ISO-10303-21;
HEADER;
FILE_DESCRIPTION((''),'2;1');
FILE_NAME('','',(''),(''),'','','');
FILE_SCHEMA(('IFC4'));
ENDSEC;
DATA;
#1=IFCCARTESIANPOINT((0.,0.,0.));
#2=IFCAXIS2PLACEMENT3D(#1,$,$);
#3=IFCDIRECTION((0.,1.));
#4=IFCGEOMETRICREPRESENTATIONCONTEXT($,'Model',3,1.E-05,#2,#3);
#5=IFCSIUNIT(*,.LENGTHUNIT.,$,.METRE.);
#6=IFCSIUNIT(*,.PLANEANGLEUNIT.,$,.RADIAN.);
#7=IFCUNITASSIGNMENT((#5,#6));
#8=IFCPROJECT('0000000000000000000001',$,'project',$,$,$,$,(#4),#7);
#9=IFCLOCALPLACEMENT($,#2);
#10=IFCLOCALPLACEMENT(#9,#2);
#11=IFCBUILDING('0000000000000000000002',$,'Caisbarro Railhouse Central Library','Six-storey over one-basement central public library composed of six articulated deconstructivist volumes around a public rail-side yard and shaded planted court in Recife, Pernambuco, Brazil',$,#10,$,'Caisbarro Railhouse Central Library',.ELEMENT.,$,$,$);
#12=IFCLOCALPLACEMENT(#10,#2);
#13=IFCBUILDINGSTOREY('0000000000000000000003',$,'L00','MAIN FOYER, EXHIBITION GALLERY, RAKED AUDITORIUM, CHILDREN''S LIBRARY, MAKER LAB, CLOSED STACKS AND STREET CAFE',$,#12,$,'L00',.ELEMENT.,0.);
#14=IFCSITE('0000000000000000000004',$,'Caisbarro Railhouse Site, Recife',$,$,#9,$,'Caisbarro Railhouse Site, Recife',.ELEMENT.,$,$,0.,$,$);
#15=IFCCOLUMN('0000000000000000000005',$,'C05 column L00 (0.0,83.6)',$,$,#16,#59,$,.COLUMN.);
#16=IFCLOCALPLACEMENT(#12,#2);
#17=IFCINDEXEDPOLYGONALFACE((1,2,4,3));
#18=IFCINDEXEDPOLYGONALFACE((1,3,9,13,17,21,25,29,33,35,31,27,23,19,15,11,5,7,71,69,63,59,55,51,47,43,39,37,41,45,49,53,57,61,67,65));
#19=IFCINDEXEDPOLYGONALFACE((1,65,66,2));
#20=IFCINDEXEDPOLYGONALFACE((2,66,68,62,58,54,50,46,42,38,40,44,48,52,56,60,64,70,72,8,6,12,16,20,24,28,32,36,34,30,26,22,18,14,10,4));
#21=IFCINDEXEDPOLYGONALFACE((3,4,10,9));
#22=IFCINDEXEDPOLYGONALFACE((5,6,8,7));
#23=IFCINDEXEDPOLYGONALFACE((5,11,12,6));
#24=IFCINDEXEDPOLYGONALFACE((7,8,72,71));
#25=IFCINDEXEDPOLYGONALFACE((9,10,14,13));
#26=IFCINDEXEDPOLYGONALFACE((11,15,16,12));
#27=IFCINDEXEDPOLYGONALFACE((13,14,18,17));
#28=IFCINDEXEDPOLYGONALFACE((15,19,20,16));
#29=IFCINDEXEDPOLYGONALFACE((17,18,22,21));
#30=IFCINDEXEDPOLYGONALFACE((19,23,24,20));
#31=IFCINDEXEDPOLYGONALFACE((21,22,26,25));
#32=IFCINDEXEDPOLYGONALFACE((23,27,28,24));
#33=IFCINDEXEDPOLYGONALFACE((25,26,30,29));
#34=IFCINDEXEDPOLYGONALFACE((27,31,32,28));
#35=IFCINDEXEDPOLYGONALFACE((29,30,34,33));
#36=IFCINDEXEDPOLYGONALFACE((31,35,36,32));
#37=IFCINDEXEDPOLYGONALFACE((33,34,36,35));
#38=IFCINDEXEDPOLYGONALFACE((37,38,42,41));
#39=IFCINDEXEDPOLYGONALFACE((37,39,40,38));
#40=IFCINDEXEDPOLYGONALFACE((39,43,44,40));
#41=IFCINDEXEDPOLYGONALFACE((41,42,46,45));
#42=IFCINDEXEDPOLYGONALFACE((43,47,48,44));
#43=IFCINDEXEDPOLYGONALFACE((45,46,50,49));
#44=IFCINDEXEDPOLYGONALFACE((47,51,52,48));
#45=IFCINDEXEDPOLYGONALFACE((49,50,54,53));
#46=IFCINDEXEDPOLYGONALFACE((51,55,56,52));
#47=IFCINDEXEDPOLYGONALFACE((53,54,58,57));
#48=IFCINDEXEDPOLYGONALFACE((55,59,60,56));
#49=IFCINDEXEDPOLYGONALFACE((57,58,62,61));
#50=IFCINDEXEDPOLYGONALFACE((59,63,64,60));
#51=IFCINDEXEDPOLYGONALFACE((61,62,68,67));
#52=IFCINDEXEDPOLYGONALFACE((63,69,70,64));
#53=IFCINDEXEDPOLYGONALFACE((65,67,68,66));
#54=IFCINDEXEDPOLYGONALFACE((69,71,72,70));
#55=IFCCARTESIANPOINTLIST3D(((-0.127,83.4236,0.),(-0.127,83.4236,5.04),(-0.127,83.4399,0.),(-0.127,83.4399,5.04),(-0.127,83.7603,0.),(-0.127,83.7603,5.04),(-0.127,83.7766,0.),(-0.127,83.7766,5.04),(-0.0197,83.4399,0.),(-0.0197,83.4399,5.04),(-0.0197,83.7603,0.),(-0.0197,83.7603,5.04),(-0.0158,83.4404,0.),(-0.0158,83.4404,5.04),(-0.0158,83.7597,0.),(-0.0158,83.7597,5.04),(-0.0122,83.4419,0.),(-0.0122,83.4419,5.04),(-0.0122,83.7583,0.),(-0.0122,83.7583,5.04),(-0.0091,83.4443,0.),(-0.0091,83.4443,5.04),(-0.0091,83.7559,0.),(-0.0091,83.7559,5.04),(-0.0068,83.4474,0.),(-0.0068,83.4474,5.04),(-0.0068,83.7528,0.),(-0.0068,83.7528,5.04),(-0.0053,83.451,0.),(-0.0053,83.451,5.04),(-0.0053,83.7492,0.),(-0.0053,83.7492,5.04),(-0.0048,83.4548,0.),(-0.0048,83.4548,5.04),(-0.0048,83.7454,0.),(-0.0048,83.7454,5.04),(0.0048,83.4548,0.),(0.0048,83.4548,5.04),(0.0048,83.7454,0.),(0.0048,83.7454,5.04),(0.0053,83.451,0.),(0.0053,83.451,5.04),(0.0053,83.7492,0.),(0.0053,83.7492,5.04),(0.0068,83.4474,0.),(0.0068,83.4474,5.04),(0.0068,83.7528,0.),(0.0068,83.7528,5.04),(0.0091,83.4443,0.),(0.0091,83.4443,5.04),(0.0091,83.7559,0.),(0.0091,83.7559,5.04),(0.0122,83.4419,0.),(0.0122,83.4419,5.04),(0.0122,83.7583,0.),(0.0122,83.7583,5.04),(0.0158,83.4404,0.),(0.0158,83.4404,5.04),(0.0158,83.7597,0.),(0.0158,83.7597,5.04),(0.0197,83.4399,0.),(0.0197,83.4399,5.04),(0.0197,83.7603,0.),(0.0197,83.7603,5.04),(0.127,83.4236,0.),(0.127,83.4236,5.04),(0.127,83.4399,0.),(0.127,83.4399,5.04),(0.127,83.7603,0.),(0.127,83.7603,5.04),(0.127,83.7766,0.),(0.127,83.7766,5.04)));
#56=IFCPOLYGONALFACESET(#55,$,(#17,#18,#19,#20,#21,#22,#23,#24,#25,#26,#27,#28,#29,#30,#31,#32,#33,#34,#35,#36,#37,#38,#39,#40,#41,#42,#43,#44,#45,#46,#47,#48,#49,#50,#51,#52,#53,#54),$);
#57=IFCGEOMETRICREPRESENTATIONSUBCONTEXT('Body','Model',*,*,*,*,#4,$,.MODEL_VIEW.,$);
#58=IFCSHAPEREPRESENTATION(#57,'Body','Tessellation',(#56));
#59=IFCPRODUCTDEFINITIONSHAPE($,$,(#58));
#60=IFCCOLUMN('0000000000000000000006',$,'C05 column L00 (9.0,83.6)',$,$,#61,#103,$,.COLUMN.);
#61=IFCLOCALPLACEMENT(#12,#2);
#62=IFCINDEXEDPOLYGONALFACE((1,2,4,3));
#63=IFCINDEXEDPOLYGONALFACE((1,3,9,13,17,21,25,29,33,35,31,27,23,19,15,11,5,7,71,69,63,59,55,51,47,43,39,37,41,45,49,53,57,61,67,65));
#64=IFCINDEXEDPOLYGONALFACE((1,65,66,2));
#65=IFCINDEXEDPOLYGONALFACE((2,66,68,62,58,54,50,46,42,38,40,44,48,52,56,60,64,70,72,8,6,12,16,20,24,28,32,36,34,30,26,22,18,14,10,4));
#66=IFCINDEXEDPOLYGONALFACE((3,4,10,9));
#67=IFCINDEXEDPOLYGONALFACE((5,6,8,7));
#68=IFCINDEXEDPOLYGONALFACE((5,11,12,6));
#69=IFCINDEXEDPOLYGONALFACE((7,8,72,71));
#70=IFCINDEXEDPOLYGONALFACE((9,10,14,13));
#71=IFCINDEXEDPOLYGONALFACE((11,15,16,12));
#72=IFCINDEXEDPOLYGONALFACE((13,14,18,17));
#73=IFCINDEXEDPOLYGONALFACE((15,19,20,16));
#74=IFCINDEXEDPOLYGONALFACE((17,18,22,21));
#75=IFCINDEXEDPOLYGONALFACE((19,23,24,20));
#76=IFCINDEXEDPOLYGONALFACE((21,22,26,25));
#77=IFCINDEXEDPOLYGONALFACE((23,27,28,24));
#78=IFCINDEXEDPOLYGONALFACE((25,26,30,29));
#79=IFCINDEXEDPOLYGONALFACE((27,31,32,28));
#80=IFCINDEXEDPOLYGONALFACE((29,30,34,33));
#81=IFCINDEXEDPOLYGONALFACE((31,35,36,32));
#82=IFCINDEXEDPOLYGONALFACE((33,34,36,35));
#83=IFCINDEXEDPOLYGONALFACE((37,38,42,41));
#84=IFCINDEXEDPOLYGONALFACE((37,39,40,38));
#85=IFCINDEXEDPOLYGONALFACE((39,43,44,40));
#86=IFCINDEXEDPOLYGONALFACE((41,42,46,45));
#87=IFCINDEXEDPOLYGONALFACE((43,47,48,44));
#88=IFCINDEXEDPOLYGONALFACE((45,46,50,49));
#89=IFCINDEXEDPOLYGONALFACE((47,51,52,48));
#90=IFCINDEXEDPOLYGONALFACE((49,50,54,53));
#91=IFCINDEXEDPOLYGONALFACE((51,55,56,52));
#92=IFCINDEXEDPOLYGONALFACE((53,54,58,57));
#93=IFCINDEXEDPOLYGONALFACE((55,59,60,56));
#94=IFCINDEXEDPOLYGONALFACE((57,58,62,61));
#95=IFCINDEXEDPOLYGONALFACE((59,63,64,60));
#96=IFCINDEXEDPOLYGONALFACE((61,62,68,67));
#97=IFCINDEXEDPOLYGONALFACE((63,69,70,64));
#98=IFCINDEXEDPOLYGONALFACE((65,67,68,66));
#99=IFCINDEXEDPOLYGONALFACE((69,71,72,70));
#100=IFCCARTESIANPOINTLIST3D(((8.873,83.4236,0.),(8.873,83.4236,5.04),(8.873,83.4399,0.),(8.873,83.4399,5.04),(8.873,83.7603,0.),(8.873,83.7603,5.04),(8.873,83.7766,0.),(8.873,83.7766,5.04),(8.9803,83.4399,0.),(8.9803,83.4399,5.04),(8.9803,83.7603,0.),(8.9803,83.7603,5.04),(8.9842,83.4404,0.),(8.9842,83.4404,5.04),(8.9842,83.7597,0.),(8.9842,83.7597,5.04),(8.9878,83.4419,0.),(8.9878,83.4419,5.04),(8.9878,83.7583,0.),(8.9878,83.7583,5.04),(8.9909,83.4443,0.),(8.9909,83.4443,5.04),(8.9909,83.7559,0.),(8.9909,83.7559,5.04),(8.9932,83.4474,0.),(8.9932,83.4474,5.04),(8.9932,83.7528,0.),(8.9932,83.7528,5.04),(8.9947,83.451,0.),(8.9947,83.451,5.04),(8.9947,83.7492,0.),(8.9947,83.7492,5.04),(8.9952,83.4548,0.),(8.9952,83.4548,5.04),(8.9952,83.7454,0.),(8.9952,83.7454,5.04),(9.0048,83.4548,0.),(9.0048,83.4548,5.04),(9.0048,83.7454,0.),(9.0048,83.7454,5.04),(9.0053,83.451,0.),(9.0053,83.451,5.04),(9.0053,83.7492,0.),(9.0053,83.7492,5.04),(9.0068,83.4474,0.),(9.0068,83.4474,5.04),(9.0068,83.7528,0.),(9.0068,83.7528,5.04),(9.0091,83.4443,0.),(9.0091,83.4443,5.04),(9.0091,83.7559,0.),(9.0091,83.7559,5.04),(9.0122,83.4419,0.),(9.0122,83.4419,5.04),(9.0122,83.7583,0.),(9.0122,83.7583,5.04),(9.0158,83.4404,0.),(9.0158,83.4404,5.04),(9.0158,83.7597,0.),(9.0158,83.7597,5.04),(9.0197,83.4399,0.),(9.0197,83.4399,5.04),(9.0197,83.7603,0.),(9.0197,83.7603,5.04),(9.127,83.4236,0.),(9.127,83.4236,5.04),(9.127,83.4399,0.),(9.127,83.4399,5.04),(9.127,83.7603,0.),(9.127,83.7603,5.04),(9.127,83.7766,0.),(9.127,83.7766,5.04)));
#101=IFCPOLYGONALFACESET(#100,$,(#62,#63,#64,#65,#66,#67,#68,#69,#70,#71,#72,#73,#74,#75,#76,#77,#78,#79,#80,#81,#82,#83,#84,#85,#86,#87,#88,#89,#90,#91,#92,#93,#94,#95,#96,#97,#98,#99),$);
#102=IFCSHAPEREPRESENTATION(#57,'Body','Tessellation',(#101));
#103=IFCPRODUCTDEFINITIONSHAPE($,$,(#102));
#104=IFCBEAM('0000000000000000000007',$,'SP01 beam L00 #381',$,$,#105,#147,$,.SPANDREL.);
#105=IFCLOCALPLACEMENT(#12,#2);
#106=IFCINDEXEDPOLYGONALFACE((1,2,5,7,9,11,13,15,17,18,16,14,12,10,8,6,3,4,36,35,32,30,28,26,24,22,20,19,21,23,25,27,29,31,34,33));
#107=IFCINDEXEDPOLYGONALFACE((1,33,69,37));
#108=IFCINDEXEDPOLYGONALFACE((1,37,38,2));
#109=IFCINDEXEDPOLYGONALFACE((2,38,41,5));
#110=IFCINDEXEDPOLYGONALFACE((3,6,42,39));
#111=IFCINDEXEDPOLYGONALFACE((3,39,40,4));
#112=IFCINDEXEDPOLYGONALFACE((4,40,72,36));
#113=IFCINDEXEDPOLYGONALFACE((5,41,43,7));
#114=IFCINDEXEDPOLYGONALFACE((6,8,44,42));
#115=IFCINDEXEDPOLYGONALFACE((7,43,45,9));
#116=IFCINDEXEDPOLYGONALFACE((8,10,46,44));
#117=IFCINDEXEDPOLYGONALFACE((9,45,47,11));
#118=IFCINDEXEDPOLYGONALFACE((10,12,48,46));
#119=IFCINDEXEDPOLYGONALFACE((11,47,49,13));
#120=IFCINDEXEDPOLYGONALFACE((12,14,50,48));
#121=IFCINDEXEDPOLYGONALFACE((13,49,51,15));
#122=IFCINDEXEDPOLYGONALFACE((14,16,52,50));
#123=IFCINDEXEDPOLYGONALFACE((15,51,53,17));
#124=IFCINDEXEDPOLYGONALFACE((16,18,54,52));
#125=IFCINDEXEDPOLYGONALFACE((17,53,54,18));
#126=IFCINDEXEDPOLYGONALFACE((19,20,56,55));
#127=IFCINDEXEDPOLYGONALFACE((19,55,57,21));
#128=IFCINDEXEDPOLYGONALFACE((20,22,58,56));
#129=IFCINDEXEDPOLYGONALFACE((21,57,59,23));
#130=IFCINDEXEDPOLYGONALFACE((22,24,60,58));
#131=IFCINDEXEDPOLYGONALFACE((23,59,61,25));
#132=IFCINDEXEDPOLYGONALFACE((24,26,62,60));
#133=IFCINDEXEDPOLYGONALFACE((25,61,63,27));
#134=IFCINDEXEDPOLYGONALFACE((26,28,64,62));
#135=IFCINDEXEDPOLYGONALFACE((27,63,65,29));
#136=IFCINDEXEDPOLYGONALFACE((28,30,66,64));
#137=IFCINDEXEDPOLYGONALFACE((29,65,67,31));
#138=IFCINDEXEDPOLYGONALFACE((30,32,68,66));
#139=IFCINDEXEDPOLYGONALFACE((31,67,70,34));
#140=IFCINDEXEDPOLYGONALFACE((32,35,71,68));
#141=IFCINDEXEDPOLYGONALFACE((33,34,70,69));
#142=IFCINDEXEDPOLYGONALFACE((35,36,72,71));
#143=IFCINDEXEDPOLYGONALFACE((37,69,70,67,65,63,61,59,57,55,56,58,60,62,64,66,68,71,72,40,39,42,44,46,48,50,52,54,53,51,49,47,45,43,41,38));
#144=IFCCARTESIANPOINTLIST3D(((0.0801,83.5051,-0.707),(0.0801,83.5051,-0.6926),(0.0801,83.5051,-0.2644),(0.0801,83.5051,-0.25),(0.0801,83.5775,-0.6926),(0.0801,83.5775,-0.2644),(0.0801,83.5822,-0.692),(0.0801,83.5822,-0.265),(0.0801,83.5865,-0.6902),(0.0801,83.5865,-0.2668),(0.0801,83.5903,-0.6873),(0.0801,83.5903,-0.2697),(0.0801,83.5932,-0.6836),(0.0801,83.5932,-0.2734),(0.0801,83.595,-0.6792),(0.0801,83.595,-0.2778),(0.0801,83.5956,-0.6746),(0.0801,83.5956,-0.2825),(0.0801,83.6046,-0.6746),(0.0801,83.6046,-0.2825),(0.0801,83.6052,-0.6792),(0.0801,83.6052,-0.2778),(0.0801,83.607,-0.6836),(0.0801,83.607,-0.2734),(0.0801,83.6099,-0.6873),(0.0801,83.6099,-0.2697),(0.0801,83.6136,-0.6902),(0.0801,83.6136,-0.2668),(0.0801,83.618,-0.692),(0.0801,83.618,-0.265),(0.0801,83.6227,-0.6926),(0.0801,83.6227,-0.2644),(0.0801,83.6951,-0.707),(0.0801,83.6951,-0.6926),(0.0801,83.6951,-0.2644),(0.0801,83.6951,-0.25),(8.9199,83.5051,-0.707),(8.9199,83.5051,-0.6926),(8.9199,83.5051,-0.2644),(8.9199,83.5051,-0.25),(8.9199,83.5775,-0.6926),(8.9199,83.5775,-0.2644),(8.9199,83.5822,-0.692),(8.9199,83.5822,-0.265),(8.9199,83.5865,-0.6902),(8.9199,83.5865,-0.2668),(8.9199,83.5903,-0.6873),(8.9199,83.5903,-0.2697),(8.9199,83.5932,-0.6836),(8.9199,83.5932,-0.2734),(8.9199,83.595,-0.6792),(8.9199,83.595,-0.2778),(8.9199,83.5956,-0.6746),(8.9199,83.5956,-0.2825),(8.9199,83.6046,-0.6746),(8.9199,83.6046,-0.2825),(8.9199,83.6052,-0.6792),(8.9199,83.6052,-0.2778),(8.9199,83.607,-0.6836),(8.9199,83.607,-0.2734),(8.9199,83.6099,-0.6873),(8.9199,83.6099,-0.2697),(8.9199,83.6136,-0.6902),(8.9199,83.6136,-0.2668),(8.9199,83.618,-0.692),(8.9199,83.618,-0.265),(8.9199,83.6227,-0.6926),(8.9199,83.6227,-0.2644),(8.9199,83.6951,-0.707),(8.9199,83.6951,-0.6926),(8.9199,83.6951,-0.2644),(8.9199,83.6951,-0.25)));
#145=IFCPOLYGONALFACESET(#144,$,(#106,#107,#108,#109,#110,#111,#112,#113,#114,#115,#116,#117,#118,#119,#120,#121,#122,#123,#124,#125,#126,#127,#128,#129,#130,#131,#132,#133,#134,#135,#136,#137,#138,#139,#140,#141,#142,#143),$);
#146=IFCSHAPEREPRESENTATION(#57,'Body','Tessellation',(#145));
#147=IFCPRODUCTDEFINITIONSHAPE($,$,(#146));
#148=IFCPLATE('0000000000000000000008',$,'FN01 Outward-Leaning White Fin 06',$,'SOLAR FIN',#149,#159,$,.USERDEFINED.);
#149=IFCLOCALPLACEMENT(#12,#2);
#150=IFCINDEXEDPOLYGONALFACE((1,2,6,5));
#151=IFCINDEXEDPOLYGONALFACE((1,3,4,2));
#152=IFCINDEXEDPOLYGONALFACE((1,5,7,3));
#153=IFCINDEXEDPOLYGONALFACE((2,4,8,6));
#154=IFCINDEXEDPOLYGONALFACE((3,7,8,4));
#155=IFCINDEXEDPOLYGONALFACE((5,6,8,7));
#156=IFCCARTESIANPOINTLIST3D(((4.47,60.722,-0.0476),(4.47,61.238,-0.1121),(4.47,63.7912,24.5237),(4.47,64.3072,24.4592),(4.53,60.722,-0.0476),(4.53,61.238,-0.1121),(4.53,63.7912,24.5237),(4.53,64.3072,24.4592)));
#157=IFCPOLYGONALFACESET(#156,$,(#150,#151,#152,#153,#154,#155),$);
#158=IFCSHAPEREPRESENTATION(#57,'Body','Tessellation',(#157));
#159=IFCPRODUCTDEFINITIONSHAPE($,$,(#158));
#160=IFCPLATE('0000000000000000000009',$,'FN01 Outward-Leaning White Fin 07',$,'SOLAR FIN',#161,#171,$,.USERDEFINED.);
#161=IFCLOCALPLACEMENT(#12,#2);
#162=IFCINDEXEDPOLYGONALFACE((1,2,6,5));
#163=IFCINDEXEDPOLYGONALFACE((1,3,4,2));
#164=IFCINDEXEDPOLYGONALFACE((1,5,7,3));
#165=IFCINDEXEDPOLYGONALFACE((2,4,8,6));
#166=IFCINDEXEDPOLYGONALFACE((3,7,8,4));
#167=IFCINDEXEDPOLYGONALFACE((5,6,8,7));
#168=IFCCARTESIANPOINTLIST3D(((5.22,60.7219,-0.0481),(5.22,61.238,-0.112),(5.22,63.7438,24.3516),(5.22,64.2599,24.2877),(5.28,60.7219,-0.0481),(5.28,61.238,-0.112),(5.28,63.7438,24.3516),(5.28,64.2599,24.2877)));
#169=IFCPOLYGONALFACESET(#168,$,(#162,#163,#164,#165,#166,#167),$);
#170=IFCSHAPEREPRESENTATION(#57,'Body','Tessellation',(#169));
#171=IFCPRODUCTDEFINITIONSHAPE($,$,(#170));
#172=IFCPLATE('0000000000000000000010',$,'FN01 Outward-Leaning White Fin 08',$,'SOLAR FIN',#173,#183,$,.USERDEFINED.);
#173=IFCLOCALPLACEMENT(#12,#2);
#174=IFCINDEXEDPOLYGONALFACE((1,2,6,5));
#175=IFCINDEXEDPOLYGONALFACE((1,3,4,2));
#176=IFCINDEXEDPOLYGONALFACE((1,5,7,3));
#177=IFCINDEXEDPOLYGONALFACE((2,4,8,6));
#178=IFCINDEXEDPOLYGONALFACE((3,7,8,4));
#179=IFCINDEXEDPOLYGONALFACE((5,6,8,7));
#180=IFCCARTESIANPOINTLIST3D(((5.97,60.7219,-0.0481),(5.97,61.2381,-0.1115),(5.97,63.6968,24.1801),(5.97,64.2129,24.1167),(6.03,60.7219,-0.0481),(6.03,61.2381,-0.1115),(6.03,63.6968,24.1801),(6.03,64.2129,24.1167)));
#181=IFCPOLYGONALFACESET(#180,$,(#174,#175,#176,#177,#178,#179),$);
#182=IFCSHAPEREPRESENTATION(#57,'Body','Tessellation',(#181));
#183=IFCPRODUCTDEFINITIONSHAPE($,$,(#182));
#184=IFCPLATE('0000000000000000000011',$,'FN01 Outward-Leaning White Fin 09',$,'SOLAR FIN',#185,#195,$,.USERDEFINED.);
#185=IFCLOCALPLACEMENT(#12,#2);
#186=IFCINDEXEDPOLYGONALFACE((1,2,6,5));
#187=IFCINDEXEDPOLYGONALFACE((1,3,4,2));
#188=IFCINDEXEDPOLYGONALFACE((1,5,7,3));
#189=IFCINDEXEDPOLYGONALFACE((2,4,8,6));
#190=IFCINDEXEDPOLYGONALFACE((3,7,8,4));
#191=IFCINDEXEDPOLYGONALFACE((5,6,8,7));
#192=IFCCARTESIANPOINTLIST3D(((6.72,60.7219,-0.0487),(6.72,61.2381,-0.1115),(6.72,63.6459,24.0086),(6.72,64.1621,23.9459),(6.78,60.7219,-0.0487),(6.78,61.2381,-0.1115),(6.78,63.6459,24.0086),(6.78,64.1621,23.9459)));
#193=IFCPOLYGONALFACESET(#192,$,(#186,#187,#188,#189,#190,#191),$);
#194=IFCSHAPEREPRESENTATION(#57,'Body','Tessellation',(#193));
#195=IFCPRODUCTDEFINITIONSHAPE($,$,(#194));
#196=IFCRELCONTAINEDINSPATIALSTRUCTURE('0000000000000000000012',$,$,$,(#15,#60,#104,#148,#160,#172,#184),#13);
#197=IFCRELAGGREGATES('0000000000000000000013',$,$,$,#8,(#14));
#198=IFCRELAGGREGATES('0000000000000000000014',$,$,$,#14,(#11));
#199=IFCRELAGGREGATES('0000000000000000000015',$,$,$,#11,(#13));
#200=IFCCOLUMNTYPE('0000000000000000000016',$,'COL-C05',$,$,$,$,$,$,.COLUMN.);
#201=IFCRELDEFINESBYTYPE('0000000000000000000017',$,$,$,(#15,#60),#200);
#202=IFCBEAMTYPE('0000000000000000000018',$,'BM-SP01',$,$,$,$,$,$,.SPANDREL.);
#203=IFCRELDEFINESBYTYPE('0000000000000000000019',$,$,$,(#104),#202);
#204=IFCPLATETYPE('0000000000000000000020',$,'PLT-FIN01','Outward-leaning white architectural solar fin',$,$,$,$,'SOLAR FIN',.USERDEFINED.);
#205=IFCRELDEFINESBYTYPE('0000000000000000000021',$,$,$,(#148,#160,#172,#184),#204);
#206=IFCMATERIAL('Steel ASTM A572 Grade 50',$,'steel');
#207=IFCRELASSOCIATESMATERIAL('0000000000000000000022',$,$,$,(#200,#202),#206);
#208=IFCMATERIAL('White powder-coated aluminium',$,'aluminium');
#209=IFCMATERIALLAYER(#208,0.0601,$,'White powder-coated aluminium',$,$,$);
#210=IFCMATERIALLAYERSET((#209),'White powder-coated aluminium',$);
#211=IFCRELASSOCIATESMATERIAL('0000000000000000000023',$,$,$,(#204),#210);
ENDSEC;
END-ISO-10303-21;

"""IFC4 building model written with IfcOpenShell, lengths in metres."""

from ifc_helpers import new_model, si_unit, direction, frame, origin, origin_2d, place, context, subcontext, project, spatial, rectangle, i_section, extrude, material, layer, layer_set, material_profile, profile_set, type_object, element, save


model = new_model("IFC4")

# Units and contexts
model_context = context("Model", 3, precision=1e-05, world=origin(), true_north=direction((0.0, 1.0)))
body_context = subcontext(model_context, "Body", "Model", "MODEL_VIEW")
ifc_project = project(units=[si_unit("LENGTHUNIT", "METRE"), si_unit("PLANEANGLEUNIT", "RADIAN")], contexts=[model_context])

# Site, building, storey
site_placement = place(None, origin())
site = spatial("IfcSite", under=ifc_project, at=site_placement, Name="Caisbarro Railhouse Site, Recife", LongName="Caisbarro Railhouse Site, Recife", CompositionType="ELEMENT", RefElevation=0.0)
building_placement = place(site_placement, origin())
building = spatial("IfcBuilding", under=site, at=building_placement, Name="Caisbarro Railhouse Central Library", Description="Six-storey over one-basement central public library composed of six articulated deconstructivist volumes around a public rail-side yard and shaded planted court in Recife, Pernambuco, Brazil", LongName="Caisbarro Railhouse Central Library", CompositionType="ELEMENT")
storey_placement = place(building_placement, origin())
storey = spatial("IfcBuildingStorey", under=building, at=storey_placement, Name="L00", Description="MAIN FOYER, EXHIBITION GALLERY, RAKED AUDITORIUM, CHILDREN'S LIBRARY, MAKER LAB, CLOSED STACKS AND STREET CAFE", LongName="L00", CompositionType="ELEMENT", Elevation=0.0)

# Columns
ifc_material_1 = material(Name="Steel ASTM A572 Grade 50", Category="steel")
ifc_material_profile_1 = material_profile(ifc_material_1, i_section(OverallWidth=0.2539, OverallDepth=0.353, WebThickness=0.0095, FlangeThickness=0.0164, FilletRadius=0.0149, at=origin_2d()), Name="W360X91.0")
ifc_profile_set_1 = profile_set([ifc_material_profile_1], Name="Steel ASTM A572 Grade 50")
column_type = type_object("IfcColumnType", Name="COL-C05", PredefinedType="COLUMN", material=ifc_profile_set_1)
for number, where, z_axis, x_axis, name in (
    (1, (0.0, 83.6001, 0.0), (0.0, 0.0, 1.0), (1.0, 0.0, 0.0), "C05 column L00 (0.0,83.6)"),
    (2, (9.0, 83.6001, 0.0), (0.0, 0.0, 1.0), (1.0, 0.0, 0.0), "C05 column L00 (9.0,83.6)"),
):
    element("IfcColumn", number, at=place(storey_placement, frame(where, z_axis=z_axis, x_axis=x_axis)), inside=storey, type_object=column_type, Name=name, PredefinedType="COLUMN", context=body_context, shape_type="SweptSolid", body=[
        extrude(i_section(OverallWidth=0.2539, OverallDepth=0.353, WebThickness=0.0095, FlangeThickness=0.0164, FilletRadius=0.0149, at=origin_2d()), origin(), (0.0, 0.0, 1.0), 5.04),
    ])

# Beam
ifc_material_profile_2 = material_profile(ifc_material_1, i_section(OverallWidth=0.1899, OverallDepth=0.457, WebThickness=0.009, FlangeThickness=0.0144, FilletRadius=0.0181, at=origin_2d()), Name="W460X74.0")
ifc_profile_set_2 = profile_set([ifc_material_profile_2], Name="Steel ASTM A572 Grade 50")
beam_type = type_object("IfcBeamType", Name="BM-SP01", PredefinedType="SPANDREL", material=ifc_profile_set_2)
beam_placement = place(storey_placement, frame((0.0801, 83.6001, -0.4785), z_axis=(1.0, 0.0, 0.0), x_axis=(0.0, 1.0, 0.0)))
element("IfcBeam", 3, at=beam_placement, inside=storey, type_object=beam_type, Name="SP01 beam L00 #381", PredefinedType="SPANDREL", context=body_context, shape_type="SweptSolid", body=[
    extrude(i_section(OverallWidth=0.1899, OverallDepth=0.457, WebThickness=0.009, FlangeThickness=0.0144, FilletRadius=0.0181, at=origin_2d()), origin(), (0.0, 0.0, 1.0), 8.8398),
])

# Plates
ifc_material_2 = material(Name="White powder-coated aluminium", Category="aluminium")
ifc_layer_1 = layer(ifc_material_2, 0.0601, Name="White powder-coated aluminium")
ifc_layer_set_1 = layer_set([ifc_layer_1], Name="White powder-coated aluminium")
plate_type = type_object("IfcPlateType", Name="PLT-FIN01", Description="Outward-leaning white architectural solar fin", ElementType="SOLAR FIN", PredefinedType="USERDEFINED", material=ifc_layer_set_1)
plate_1_placement = place(storey_placement, frame((4.5, 60.98, -0.0798), z_axis=(0.0, 0.123948, 0.992289), x_axis=(1.0, 0.0, 0.0)))
element("IfcPlate", 4, at=plate_1_placement, inside=storey, type_object=plate_type, Name="FN01 Outward-Leaning White Fin 06", ObjectType="SOLAR FIN", PredefinedType="USERDEFINED", context=body_context, shape_type="SweptSolid", body=[
    extrude(rectangle(XDim=0.0601, YDim=0.52, at=origin_2d()), origin(), (0.0, 0.0, 1.0), 24.7622),
])
plate_2_placement = place(storey_placement, frame((5.25, 60.98, -0.0801), z_axis=(0.0, 0.122909, 0.992418), x_axis=(1.0, 0.0, 0.0)))
element("IfcPlate", 5, at=plate_2_placement, inside=storey, type_object=plate_type, Name="FN01 Outward-Leaning White Fin 07", ObjectType="SOLAR FIN", PredefinedType="USERDEFINED", context=body_context, shape_type="SweptSolid", body=[
    extrude(rectangle(XDim=0.0601, YDim=0.52, at=origin_2d()), origin(), (0.0, 0.0, 1.0), 24.5862),
])
plate_3_placement = place(storey_placement, frame((6.0, 60.98, -0.0798), z_axis=(0.0, 0.121869, 0.992546), x_axis=(1.0, 0.0, 0.0)))
element("IfcPlate", 6, at=plate_3_placement, inside=storey, type_object=plate_type, Name="FN01 Outward-Leaning White Fin 08", ObjectType="SOLAR FIN", PredefinedType="USERDEFINED", context=body_context, shape_type="SweptSolid", body=[
    extrude(rectangle(XDim=0.0601, YDim=0.52, at=origin_2d()), origin(), (0.0, 0.0, 1.0), 24.4102),
])
plate_4_placement = place(storey_placement, frame((6.75, 60.98, -0.0801), z_axis=(0.0, 0.120657, 0.992694), x_axis=(1.0, 0.0, 0.0)))
element("IfcPlate", 7, at=plate_4_placement, inside=storey, type_object=plate_type, Name="FN01 Outward-Leaning White Fin 09", ObjectType="SOLAR FIN", PredefinedType="USERDEFINED", context=body_context, shape_type="SweptSolid", body=[
    extrude(rectangle(XDim=0.0601, YDim=0.52, at=origin_2d()), origin(), (0.0, 0.0, 1.0), 24.2344),
])

save(model, "model.ifc")
